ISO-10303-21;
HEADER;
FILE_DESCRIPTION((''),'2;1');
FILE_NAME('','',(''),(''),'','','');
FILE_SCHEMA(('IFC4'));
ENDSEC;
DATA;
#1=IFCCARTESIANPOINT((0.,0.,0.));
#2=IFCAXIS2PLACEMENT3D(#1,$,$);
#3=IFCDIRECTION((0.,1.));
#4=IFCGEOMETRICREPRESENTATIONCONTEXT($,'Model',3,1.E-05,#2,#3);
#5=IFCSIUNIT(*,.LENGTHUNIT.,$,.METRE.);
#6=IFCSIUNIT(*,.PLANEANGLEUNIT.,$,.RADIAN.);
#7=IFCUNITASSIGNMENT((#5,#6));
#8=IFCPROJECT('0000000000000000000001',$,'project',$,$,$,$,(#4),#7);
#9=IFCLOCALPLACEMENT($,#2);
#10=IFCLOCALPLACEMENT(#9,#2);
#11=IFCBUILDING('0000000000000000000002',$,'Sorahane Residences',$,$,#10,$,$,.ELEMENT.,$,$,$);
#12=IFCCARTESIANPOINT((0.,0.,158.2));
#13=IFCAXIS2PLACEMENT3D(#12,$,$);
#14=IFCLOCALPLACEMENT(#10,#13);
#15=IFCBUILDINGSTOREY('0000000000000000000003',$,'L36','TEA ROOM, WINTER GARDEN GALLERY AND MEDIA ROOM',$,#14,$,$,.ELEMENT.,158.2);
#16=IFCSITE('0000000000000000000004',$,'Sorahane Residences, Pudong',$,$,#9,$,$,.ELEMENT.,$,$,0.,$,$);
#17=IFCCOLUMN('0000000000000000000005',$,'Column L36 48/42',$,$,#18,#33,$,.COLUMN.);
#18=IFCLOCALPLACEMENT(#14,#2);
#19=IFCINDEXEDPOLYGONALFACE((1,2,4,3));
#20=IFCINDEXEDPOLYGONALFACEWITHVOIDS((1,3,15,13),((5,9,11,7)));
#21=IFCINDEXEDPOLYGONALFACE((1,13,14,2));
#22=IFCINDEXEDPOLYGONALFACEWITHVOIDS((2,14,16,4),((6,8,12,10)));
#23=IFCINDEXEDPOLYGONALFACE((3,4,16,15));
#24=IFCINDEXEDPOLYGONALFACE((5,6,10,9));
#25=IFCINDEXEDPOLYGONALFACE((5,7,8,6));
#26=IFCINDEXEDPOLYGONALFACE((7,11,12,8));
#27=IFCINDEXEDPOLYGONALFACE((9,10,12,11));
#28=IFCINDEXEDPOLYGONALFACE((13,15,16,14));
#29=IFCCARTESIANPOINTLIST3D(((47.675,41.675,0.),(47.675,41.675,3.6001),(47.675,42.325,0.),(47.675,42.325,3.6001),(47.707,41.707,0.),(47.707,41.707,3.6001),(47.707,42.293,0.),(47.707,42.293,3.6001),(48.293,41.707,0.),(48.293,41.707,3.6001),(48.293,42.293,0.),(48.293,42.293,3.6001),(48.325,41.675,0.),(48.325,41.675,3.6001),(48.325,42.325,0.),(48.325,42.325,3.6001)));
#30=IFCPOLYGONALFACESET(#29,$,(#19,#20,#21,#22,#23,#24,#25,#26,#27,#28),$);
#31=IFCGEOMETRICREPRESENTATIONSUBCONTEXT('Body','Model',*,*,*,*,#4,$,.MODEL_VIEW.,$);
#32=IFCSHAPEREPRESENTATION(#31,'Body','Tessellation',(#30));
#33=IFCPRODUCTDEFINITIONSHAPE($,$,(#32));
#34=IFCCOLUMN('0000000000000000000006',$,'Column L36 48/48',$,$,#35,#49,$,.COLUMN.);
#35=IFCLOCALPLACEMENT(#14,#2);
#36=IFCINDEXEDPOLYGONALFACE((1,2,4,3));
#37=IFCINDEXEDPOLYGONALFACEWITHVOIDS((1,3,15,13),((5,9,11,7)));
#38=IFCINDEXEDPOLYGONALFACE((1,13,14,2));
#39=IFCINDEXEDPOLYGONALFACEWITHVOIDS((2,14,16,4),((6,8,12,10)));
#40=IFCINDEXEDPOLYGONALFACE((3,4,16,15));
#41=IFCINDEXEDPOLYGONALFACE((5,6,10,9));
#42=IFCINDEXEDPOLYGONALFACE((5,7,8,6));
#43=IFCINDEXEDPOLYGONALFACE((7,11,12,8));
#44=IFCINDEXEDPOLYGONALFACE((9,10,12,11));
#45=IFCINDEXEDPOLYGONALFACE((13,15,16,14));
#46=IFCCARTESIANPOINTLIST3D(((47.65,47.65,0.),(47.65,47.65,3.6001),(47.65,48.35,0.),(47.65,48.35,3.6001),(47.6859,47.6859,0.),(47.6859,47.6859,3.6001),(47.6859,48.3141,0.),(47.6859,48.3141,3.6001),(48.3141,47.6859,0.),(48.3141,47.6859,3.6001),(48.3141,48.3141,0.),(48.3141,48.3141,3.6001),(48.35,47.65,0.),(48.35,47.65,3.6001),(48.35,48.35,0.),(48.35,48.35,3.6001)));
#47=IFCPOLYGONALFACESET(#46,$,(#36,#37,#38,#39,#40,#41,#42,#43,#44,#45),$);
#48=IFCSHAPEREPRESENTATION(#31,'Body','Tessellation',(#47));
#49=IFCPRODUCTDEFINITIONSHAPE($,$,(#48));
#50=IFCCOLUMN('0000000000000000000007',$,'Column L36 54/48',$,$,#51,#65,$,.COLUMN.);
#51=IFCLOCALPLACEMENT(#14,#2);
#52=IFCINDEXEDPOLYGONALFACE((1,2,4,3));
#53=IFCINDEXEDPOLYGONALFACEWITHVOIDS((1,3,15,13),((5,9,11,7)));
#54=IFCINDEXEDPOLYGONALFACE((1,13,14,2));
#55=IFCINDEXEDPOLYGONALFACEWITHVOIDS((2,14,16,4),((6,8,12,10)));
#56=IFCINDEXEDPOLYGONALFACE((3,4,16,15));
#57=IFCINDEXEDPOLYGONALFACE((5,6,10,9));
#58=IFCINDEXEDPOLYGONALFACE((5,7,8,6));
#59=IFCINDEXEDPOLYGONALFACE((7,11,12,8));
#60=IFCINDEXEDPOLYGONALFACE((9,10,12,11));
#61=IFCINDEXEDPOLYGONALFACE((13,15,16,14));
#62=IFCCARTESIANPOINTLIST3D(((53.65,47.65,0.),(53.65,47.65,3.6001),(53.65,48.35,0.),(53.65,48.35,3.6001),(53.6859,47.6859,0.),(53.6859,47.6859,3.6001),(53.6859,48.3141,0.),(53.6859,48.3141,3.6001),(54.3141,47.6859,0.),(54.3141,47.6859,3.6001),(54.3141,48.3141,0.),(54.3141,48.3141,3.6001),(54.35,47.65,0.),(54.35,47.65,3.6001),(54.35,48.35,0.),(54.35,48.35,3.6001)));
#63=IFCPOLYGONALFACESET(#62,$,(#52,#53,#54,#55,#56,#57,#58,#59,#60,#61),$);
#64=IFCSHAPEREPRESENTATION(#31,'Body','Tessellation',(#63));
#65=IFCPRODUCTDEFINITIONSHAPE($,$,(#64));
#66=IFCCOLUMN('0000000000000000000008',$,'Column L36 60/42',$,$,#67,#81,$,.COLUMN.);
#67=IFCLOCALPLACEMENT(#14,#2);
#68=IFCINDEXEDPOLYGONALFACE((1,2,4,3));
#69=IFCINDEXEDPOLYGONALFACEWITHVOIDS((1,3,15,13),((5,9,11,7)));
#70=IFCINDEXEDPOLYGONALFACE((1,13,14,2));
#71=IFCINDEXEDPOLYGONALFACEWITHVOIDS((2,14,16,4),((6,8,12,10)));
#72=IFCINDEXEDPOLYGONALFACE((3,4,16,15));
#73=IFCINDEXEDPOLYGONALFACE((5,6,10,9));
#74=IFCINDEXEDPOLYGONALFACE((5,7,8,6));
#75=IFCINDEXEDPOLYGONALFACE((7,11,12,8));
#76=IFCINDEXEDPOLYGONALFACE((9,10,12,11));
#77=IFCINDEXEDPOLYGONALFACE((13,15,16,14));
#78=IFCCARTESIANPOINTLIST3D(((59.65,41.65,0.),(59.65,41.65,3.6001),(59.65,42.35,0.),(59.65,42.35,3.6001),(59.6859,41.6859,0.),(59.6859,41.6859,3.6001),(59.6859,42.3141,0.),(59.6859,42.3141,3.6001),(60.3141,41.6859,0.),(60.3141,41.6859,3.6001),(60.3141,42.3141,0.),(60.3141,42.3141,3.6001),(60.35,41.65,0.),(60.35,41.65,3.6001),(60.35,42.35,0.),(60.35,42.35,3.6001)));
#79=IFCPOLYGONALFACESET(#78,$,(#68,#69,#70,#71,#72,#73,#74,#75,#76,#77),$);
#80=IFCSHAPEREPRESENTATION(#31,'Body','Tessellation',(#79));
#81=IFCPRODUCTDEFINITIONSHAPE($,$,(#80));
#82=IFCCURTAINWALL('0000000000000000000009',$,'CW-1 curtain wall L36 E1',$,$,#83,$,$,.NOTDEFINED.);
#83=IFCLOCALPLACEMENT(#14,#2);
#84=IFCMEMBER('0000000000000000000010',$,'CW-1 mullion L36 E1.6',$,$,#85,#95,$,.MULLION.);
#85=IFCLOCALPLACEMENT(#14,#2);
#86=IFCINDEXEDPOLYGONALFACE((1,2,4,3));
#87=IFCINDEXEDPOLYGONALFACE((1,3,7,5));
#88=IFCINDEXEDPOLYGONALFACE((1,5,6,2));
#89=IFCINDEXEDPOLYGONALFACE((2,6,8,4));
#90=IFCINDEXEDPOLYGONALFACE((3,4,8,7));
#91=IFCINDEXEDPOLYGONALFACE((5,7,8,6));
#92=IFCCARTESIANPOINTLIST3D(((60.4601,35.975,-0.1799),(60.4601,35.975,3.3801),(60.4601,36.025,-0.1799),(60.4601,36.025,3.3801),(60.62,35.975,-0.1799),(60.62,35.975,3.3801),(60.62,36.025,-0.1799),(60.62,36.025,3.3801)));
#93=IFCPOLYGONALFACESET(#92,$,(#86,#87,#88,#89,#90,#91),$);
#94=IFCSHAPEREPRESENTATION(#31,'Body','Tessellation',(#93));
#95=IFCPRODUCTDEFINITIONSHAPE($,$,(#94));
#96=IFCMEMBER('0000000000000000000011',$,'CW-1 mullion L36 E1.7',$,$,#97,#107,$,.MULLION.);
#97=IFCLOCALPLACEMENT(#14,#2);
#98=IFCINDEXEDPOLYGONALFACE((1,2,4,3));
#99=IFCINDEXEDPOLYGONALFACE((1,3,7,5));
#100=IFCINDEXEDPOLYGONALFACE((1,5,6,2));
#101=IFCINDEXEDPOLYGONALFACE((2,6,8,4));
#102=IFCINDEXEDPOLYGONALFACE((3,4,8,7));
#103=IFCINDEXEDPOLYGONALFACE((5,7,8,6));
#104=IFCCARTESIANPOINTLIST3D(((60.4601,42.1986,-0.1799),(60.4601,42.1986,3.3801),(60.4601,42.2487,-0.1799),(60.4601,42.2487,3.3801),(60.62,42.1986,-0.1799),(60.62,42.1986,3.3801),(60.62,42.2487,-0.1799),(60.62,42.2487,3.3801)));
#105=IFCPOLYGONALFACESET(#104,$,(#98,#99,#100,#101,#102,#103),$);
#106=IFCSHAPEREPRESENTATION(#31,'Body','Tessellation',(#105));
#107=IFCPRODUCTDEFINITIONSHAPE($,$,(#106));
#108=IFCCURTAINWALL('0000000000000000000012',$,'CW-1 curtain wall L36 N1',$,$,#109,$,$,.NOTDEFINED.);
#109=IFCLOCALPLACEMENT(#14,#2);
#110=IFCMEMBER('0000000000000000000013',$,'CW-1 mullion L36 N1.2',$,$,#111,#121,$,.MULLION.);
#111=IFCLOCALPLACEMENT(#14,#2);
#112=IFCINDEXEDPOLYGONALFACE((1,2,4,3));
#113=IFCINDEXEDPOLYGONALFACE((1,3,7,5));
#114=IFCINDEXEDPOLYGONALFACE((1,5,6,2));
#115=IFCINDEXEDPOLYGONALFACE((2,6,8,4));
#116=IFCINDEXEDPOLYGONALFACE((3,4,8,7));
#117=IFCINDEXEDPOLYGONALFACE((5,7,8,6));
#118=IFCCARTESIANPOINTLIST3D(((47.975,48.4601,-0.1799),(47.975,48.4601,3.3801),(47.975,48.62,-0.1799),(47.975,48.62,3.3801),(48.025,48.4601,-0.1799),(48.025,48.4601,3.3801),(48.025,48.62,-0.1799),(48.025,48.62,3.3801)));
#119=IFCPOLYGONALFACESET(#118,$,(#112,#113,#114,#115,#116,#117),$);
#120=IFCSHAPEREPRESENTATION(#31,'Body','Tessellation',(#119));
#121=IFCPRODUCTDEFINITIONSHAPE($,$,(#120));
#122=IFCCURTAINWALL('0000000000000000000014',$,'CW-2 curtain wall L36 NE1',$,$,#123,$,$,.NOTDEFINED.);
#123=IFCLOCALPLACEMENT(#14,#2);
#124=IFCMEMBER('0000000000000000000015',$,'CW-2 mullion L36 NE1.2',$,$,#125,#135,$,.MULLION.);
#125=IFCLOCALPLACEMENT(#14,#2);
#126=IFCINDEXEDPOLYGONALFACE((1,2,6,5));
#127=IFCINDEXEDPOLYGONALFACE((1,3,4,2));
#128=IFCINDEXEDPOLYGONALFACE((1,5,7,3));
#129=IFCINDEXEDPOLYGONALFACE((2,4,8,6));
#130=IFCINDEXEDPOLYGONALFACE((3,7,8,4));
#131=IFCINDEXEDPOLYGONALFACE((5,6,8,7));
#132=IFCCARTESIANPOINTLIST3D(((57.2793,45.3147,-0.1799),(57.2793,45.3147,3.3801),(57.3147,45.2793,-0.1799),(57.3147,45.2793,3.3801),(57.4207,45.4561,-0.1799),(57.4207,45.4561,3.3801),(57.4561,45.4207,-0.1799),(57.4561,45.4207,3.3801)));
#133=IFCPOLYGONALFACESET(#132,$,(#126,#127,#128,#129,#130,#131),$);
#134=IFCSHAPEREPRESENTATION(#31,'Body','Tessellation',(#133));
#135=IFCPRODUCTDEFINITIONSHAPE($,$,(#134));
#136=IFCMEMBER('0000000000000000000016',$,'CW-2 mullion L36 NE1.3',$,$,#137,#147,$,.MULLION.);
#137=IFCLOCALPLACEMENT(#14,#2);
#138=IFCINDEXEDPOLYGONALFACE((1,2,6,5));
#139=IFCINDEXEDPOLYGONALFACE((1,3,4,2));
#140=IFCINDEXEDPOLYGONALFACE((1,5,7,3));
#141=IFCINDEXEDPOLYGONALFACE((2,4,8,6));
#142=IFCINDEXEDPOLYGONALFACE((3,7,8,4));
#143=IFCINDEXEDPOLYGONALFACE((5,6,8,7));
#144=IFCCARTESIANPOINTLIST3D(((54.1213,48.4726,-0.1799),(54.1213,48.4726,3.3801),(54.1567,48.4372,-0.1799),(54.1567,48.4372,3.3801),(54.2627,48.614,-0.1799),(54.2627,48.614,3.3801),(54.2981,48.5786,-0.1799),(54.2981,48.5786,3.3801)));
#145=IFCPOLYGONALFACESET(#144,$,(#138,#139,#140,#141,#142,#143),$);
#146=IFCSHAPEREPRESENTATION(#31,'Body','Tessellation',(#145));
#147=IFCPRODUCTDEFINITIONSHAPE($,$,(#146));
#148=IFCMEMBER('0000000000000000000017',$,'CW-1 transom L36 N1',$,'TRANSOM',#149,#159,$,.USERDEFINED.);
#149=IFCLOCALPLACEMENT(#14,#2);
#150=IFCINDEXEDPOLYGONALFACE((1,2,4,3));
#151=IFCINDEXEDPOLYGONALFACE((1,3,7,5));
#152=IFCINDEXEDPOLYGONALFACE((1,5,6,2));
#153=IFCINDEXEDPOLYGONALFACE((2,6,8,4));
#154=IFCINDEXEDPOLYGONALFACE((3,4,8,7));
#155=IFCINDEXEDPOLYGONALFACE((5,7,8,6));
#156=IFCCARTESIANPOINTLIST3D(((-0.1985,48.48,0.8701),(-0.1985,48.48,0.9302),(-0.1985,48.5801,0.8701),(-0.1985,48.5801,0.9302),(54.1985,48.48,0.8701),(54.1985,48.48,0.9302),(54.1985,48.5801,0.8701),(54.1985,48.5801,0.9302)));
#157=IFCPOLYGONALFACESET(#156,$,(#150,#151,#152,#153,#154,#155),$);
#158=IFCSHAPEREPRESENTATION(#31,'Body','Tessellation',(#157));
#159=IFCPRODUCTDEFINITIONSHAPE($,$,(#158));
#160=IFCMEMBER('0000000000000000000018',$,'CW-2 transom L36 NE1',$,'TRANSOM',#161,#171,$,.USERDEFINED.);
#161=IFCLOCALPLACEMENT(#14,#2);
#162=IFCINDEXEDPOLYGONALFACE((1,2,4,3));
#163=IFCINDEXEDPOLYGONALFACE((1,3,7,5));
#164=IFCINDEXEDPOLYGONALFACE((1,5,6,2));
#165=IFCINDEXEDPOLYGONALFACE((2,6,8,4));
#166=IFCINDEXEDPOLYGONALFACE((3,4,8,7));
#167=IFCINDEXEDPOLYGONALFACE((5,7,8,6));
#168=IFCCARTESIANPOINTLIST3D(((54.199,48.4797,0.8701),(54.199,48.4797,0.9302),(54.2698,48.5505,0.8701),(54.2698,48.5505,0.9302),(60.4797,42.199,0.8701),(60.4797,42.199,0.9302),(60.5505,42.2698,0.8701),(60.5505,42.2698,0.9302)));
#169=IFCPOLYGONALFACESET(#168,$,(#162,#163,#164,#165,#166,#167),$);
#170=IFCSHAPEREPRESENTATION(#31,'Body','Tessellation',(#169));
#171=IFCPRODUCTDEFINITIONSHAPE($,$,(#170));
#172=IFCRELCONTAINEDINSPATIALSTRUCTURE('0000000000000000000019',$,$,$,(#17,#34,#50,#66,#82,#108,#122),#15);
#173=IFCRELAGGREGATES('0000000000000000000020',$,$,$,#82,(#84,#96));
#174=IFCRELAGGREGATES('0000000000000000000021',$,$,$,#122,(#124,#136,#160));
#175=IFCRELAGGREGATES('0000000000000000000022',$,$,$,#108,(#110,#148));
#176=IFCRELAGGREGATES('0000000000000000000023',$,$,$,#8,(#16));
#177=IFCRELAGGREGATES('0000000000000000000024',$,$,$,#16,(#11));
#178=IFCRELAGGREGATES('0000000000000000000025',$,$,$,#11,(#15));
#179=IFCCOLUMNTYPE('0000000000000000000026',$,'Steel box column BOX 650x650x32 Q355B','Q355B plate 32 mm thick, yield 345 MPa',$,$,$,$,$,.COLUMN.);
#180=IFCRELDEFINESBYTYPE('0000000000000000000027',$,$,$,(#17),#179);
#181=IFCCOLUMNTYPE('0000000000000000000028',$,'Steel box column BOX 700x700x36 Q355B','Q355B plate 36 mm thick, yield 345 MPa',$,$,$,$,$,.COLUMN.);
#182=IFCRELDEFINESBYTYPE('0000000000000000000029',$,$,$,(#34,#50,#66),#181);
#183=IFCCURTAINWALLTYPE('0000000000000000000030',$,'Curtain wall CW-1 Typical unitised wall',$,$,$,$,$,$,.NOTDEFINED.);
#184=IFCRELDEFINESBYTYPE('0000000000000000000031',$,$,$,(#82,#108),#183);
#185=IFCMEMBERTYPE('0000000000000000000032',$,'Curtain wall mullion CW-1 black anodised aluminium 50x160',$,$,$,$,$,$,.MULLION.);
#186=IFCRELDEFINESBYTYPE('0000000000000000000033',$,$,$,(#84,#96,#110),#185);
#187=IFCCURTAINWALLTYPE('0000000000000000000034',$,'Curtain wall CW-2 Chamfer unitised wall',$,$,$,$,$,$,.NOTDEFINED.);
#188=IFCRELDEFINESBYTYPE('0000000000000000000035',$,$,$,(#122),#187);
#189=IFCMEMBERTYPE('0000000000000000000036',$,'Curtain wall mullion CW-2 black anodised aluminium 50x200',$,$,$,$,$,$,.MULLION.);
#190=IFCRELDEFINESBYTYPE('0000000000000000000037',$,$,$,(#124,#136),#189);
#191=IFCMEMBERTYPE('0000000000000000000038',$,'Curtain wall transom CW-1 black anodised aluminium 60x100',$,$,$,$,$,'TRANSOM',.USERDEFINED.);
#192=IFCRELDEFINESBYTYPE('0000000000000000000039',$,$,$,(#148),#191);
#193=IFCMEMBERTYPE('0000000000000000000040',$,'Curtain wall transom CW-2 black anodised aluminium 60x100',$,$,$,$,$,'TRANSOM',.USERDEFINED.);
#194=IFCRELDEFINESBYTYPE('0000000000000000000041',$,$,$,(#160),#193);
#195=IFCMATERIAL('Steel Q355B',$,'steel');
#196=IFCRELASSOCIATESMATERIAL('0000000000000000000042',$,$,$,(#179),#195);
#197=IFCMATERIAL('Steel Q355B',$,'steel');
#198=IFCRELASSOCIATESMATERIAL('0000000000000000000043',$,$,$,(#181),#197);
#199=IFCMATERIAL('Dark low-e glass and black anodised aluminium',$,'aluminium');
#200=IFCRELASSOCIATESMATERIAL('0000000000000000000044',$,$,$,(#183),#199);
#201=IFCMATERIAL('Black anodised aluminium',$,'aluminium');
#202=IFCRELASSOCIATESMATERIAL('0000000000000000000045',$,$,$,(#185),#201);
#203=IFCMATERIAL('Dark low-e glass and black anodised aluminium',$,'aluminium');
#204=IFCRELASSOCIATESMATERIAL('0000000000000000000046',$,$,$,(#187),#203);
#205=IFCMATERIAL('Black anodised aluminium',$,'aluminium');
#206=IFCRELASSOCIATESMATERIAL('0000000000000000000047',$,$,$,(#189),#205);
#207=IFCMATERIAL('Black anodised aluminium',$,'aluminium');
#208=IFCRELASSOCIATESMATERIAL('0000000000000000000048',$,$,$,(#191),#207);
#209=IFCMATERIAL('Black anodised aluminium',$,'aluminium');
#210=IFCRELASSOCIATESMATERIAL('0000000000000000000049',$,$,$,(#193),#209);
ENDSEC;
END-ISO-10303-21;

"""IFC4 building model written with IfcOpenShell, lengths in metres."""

from ifc_helpers import new_model, si_unit, direction, frame, origin, origin_2d, place, context, subcontext, project, spatial, rectangle, hollow_rectangle, extrude, material, material_profile, profile_set, type_object, element, aggregate, save


model = new_model("IFC4")

# Units and contexts
model_context = context("Model", 3, precision=1e-05, world=origin(), true_north=direction((0.0, 1.0)))
body_context = subcontext(model_context, "Body", "Model", "MODEL_VIEW")
ifc_project = project(units=[si_unit("LENGTHUNIT", "METRE"), si_unit("PLANEANGLEUNIT", "RADIAN")], contexts=[model_context])

# Site, building, storey
site_placement = place(None, origin())
site = spatial("IfcSite", under=ifc_project, at=site_placement, Name="Sorahane Residences, Pudong", CompositionType="ELEMENT", RefElevation=0.0)
building_placement = place(site_placement, origin())
building = spatial("IfcBuilding", under=site, at=building_placement, Name="Sorahane Residences", CompositionType="ELEMENT")
storey_placement = place(building_placement, frame((0.0, 0.0, 158.2)))
storey = spatial("IfcBuildingStorey", under=building, at=storey_placement, Name="L36", Description="TEA ROOM, WINTER GARDEN GALLERY AND MEDIA ROOM", CompositionType="ELEMENT", Elevation=158.2)

# Columns
ifc_material_1 = material(Name="Steel Q355B", Category="steel")
ifc_material_profile_1 = material_profile(ifc_material_1, hollow_rectangle(XDim=0.6499, YDim=0.6499, WallThickness=0.032, at=origin_2d()), Name="BOX 650x650x32")
ifc_profile_set_1 = profile_set([ifc_material_profile_1], Name="Steel Q355B")
column_type_1 = type_object("IfcColumnType", Name="Steel box column BOX 650x650x32 Q355B", Description="Q355B plate 32 mm thick, yield 345 MPa", PredefinedType="COLUMN", material=ifc_profile_set_1)
column_placement = place(storey_placement, frame((48.0, 42.0, 0.0), z_axis=(0.0, 0.0, 1.0), x_axis=(1.0, 0.0, 0.0)))
element("IfcColumn", 1, at=column_placement, inside=storey, type_object=column_type_1, Name="Column L36 48/42", PredefinedType="COLUMN", context=body_context, shape_type="SweptSolid", body=[
    extrude(hollow_rectangle(XDim=0.6499, YDim=0.6499, WallThickness=0.032, at=origin_2d()), origin(), (0.0, 0.0, 1.0), 3.6001),
])
ifc_material_2 = material(Name="Steel Q355B", Category="steel")
ifc_material_profile_2 = material_profile(ifc_material_2, hollow_rectangle(XDim=0.7, YDim=0.7, WallThickness=0.0359, at=origin_2d()), Name="BOX 700x700x36")
ifc_profile_set_2 = profile_set([ifc_material_profile_2], Name="Steel Q355B")
column_type_2 = type_object("IfcColumnType", Name="Steel box column BOX 700x700x36 Q355B", Description="Q355B plate 36 mm thick, yield 345 MPa", PredefinedType="COLUMN", material=ifc_profile_set_2)
for number, where, z_axis, x_axis, name in (
    (2, (48.0, 48.0, 0.0), (0.0, 0.0, 1.0), (1.0, 0.0, 0.0), "Column L36 48/48"),
    (3, (54.0, 48.0, 0.0), (0.0, 0.0, 1.0), (1.0, 0.0, 0.0), "Column L36 54/48"),
    (4, (60.0, 42.0, 0.0), (0.0, 0.0, 1.0), (1.0, 0.0, 0.0), "Column L36 60/42"),
):
    element("IfcColumn", number, at=place(storey_placement, frame(where, z_axis=z_axis, x_axis=x_axis)), inside=storey, type_object=column_type_2, Name=name, PredefinedType="COLUMN", context=body_context, shape_type="SweptSolid", body=[
        extrude(hollow_rectangle(XDim=0.7, YDim=0.7, WallThickness=0.0359, at=origin_2d()), origin(), (0.0, 0.0, 1.0), 3.6001),
    ])

# Curtain wall, members
ifc_material_3 = material(Name="Dark low-e glass and black anodised aluminium", Category="aluminium")
curtain_wall_type_1 = type_object("IfcCurtainWallType", Name="Curtain wall CW-1 Typical unitised wall", PredefinedType="NOTDEFINED", material=ifc_material_3)
curtain_wall_1_placement = place(storey_placement, origin())
curtain_wall_1 = element("IfcCurtainWall", 5, at=curtain_wall_1_placement, inside=storey, type_object=curtain_wall_type_1, Name="CW-1 curtain wall L36 E1", PredefinedType="NOTDEFINED")
ifc_material_4 = material(Name="Black anodised aluminium", Category="aluminium")
ifc_material_profile_3 = material_profile(ifc_material_4, rectangle(XDim=0.1599, YDim=0.05, at=origin_2d()), Name="Curtain wall mullion CW-1 black anodised aluminium 50x160")
ifc_profile_set_3 = profile_set([ifc_material_profile_3], Name="Black anodised aluminium")
member_type_1 = type_object("IfcMemberType", Name="Curtain wall mullion CW-1 black anodised aluminium 50x160", PredefinedType="MULLION", material=ifc_profile_set_3)
member_1_placement = place(storey_placement, frame((60.54, 36.0, -0.1799), z_axis=(0.0, 0.0, 1.0), x_axis=(1.0, 0.0, 0.0)))
member_1 = element("IfcMember", 6, at=member_1_placement, type_object=member_type_1, Name="CW-1 mullion L36 E1.6", PredefinedType="MULLION", context=body_context, shape_type="SweptSolid", body=[
    extrude(rectangle(XDim=0.1599, YDim=0.05, at=origin_2d()), origin(), (0.0, 0.0, 1.0), 3.5601),
])
member_2_placement = place(storey_placement, frame((60.54, 42.2236, -0.1799), z_axis=(0.0, 0.0, 1.0), x_axis=(1.0, 0.0, 0.0)))
member_2 = element("IfcMember", 7, at=member_2_placement, type_object=member_type_1, Name="CW-1 mullion L36 E1.7", PredefinedType="MULLION", context=body_context, shape_type="SweptSolid", body=[
    extrude(rectangle(XDim=0.1599, YDim=0.05, at=origin_2d()), origin(), (0.0, 0.0, 1.0), 3.5601),
])

# Curtain wall, member
curtain_wall_2_placement = place(storey_placement, origin())
curtain_wall_2 = element("IfcCurtainWall", 8, at=curtain_wall_2_placement, inside=storey, type_object=curtain_wall_type_1, Name="CW-1 curtain wall L36 N1", PredefinedType="NOTDEFINED")
member_3_placement = place(storey_placement, frame((48.0, 48.54, -0.1799), z_axis=(0.0, 0.0, 1.0), x_axis=(0.0, 1.0, 0.0)))
member_3 = element("IfcMember", 9, at=member_3_placement, type_object=member_type_1, Name="CW-1 mullion L36 N1.2", PredefinedType="MULLION", context=body_context, shape_type="SweptSolid", body=[
    extrude(rectangle(XDim=0.1599, YDim=0.05, at=origin_2d()), origin(), (0.0, 0.0, 1.0), 3.5601),
])

# Curtain wall, members
ifc_material_5 = material(Name="Dark low-e glass and black anodised aluminium", Category="aluminium")
curtain_wall_type_2 = type_object("IfcCurtainWallType", Name="Curtain wall CW-2 Chamfer unitised wall", PredefinedType="NOTDEFINED", material=ifc_material_5)
curtain_wall_3_placement = place(storey_placement, origin())
curtain_wall_3 = element("IfcCurtainWall", 10, at=curtain_wall_3_placement, inside=storey, type_object=curtain_wall_type_2, Name="CW-2 curtain wall L36 NE1", PredefinedType="NOTDEFINED")
ifc_material_6 = material(Name="Black anodised aluminium", Category="aluminium")
ifc_material_profile_4 = material_profile(ifc_material_6, rectangle(XDim=0.2, YDim=0.05, at=origin_2d()), Name="Curtain wall mullion CW-2 black anodised aluminium 50x200")
ifc_profile_set_4 = profile_set([ifc_material_profile_4], Name="Black anodised aluminium")
member_type_2 = type_object("IfcMemberType", Name="Curtain wall mullion CW-2 black anodised aluminium 50x200", PredefinedType="MULLION", material=ifc_profile_set_4)
member_4_placement = place(storey_placement, frame((57.3677, 45.3677, -0.1799), z_axis=(0.0, 0.0, 1.0), x_axis=(0.707107, 0.707107, 0.0)))
member_4 = element("IfcMember", 11, at=member_4_placement, type_object=member_type_2, Name="CW-2 mullion L36 NE1.2", PredefinedType="MULLION", context=body_context, shape_type="SweptSolid", body=[
    extrude(rectangle(XDim=0.2, YDim=0.05, at=origin_2d()), origin(), (0.0, 0.0, 1.0), 3.5601),
])
member_5_placement = place(storey_placement, frame((54.2097, 48.5256, -0.1799), z_axis=(0.0, 0.0, 1.0), x_axis=(0.707107, 0.707107, 0.0)))
member_5 = element("IfcMember", 12, at=member_5_placement, type_object=member_type_2, Name="CW-2 mullion L36 NE1.3", PredefinedType="MULLION", context=body_context, shape_type="SweptSolid", body=[
    extrude(rectangle(XDim=0.2, YDim=0.05, at=origin_2d()), origin(), (0.0, 0.0, 1.0), 3.5601),
])

# Members
ifc_material_7 = material(Name="Black anodised aluminium", Category="aluminium")
ifc_material_profile_5 = material_profile(ifc_material_7, rectangle(XDim=0.1001, YDim=0.0601, at=origin_2d()), Name="Curtain wall transom CW-1 black anodised aluminium 60x100")
ifc_profile_set_5 = profile_set([ifc_material_profile_5], Name="Black anodised aluminium")
member_type_3 = type_object("IfcMemberType", Name="Curtain wall transom CW-1 black anodised aluminium 60x100", ElementType="TRANSOM", PredefinedType="USERDEFINED", material=ifc_profile_set_5)
member_6_placement = place(storey_placement, frame((54.1985, 48.53, 0.9001), z_axis=(-1.0, 0.0, 0.0), x_axis=(0.0, -1.0, 0.0)))
member_6 = element("IfcMember", 13, at=member_6_placement, type_object=member_type_3, Name="CW-1 transom L36 N1", ObjectType="TRANSOM", PredefinedType="USERDEFINED", context=body_context, shape_type="SweptSolid", body=[
    extrude(rectangle(XDim=0.1001, YDim=0.0601, at=origin_2d()), origin(), (0.0, 0.0, 1.0), 54.397),
])
ifc_material_8 = material(Name="Black anodised aluminium", Category="aluminium")
ifc_material_profile_6 = material_profile(ifc_material_8, rectangle(XDim=0.1001, YDim=0.0601, at=origin_2d()), Name="Curtain wall transom CW-2 black anodised aluminium 60x100")
ifc_profile_set_6 = profile_set([ifc_material_profile_6], Name="Black anodised aluminium")
member_type_4 = type_object("IfcMemberType", Name="Curtain wall transom CW-2 black anodised aluminium 60x100", ElementType="TRANSOM", PredefinedType="USERDEFINED", material=ifc_profile_set_6)
member_7_placement = place(storey_placement, frame((60.5151, 42.2344, 0.9001), z_axis=(-0.707107, 0.707107, 0.0), x_axis=(-0.707107, -0.707107, 0.0)))
member_7 = element("IfcMember", 14, at=member_7_placement, type_object=member_type_4, Name="CW-2 transom L36 NE1", ObjectType="TRANSOM", PredefinedType="USERDEFINED", context=body_context, shape_type="SweptSolid", body=[
    extrude(rectangle(XDim=0.1001, YDim=0.0601, at=origin_2d()), origin(), (0.0, 0.0, 1.0), 8.8823),
])

aggregate(curtain_wall_1, [member_1, member_2])
aggregate(curtain_wall_3, [member_4, member_5, member_7])
aggregate(curtain_wall_2, [member_3, member_6])

save(model, "model.ifc")
